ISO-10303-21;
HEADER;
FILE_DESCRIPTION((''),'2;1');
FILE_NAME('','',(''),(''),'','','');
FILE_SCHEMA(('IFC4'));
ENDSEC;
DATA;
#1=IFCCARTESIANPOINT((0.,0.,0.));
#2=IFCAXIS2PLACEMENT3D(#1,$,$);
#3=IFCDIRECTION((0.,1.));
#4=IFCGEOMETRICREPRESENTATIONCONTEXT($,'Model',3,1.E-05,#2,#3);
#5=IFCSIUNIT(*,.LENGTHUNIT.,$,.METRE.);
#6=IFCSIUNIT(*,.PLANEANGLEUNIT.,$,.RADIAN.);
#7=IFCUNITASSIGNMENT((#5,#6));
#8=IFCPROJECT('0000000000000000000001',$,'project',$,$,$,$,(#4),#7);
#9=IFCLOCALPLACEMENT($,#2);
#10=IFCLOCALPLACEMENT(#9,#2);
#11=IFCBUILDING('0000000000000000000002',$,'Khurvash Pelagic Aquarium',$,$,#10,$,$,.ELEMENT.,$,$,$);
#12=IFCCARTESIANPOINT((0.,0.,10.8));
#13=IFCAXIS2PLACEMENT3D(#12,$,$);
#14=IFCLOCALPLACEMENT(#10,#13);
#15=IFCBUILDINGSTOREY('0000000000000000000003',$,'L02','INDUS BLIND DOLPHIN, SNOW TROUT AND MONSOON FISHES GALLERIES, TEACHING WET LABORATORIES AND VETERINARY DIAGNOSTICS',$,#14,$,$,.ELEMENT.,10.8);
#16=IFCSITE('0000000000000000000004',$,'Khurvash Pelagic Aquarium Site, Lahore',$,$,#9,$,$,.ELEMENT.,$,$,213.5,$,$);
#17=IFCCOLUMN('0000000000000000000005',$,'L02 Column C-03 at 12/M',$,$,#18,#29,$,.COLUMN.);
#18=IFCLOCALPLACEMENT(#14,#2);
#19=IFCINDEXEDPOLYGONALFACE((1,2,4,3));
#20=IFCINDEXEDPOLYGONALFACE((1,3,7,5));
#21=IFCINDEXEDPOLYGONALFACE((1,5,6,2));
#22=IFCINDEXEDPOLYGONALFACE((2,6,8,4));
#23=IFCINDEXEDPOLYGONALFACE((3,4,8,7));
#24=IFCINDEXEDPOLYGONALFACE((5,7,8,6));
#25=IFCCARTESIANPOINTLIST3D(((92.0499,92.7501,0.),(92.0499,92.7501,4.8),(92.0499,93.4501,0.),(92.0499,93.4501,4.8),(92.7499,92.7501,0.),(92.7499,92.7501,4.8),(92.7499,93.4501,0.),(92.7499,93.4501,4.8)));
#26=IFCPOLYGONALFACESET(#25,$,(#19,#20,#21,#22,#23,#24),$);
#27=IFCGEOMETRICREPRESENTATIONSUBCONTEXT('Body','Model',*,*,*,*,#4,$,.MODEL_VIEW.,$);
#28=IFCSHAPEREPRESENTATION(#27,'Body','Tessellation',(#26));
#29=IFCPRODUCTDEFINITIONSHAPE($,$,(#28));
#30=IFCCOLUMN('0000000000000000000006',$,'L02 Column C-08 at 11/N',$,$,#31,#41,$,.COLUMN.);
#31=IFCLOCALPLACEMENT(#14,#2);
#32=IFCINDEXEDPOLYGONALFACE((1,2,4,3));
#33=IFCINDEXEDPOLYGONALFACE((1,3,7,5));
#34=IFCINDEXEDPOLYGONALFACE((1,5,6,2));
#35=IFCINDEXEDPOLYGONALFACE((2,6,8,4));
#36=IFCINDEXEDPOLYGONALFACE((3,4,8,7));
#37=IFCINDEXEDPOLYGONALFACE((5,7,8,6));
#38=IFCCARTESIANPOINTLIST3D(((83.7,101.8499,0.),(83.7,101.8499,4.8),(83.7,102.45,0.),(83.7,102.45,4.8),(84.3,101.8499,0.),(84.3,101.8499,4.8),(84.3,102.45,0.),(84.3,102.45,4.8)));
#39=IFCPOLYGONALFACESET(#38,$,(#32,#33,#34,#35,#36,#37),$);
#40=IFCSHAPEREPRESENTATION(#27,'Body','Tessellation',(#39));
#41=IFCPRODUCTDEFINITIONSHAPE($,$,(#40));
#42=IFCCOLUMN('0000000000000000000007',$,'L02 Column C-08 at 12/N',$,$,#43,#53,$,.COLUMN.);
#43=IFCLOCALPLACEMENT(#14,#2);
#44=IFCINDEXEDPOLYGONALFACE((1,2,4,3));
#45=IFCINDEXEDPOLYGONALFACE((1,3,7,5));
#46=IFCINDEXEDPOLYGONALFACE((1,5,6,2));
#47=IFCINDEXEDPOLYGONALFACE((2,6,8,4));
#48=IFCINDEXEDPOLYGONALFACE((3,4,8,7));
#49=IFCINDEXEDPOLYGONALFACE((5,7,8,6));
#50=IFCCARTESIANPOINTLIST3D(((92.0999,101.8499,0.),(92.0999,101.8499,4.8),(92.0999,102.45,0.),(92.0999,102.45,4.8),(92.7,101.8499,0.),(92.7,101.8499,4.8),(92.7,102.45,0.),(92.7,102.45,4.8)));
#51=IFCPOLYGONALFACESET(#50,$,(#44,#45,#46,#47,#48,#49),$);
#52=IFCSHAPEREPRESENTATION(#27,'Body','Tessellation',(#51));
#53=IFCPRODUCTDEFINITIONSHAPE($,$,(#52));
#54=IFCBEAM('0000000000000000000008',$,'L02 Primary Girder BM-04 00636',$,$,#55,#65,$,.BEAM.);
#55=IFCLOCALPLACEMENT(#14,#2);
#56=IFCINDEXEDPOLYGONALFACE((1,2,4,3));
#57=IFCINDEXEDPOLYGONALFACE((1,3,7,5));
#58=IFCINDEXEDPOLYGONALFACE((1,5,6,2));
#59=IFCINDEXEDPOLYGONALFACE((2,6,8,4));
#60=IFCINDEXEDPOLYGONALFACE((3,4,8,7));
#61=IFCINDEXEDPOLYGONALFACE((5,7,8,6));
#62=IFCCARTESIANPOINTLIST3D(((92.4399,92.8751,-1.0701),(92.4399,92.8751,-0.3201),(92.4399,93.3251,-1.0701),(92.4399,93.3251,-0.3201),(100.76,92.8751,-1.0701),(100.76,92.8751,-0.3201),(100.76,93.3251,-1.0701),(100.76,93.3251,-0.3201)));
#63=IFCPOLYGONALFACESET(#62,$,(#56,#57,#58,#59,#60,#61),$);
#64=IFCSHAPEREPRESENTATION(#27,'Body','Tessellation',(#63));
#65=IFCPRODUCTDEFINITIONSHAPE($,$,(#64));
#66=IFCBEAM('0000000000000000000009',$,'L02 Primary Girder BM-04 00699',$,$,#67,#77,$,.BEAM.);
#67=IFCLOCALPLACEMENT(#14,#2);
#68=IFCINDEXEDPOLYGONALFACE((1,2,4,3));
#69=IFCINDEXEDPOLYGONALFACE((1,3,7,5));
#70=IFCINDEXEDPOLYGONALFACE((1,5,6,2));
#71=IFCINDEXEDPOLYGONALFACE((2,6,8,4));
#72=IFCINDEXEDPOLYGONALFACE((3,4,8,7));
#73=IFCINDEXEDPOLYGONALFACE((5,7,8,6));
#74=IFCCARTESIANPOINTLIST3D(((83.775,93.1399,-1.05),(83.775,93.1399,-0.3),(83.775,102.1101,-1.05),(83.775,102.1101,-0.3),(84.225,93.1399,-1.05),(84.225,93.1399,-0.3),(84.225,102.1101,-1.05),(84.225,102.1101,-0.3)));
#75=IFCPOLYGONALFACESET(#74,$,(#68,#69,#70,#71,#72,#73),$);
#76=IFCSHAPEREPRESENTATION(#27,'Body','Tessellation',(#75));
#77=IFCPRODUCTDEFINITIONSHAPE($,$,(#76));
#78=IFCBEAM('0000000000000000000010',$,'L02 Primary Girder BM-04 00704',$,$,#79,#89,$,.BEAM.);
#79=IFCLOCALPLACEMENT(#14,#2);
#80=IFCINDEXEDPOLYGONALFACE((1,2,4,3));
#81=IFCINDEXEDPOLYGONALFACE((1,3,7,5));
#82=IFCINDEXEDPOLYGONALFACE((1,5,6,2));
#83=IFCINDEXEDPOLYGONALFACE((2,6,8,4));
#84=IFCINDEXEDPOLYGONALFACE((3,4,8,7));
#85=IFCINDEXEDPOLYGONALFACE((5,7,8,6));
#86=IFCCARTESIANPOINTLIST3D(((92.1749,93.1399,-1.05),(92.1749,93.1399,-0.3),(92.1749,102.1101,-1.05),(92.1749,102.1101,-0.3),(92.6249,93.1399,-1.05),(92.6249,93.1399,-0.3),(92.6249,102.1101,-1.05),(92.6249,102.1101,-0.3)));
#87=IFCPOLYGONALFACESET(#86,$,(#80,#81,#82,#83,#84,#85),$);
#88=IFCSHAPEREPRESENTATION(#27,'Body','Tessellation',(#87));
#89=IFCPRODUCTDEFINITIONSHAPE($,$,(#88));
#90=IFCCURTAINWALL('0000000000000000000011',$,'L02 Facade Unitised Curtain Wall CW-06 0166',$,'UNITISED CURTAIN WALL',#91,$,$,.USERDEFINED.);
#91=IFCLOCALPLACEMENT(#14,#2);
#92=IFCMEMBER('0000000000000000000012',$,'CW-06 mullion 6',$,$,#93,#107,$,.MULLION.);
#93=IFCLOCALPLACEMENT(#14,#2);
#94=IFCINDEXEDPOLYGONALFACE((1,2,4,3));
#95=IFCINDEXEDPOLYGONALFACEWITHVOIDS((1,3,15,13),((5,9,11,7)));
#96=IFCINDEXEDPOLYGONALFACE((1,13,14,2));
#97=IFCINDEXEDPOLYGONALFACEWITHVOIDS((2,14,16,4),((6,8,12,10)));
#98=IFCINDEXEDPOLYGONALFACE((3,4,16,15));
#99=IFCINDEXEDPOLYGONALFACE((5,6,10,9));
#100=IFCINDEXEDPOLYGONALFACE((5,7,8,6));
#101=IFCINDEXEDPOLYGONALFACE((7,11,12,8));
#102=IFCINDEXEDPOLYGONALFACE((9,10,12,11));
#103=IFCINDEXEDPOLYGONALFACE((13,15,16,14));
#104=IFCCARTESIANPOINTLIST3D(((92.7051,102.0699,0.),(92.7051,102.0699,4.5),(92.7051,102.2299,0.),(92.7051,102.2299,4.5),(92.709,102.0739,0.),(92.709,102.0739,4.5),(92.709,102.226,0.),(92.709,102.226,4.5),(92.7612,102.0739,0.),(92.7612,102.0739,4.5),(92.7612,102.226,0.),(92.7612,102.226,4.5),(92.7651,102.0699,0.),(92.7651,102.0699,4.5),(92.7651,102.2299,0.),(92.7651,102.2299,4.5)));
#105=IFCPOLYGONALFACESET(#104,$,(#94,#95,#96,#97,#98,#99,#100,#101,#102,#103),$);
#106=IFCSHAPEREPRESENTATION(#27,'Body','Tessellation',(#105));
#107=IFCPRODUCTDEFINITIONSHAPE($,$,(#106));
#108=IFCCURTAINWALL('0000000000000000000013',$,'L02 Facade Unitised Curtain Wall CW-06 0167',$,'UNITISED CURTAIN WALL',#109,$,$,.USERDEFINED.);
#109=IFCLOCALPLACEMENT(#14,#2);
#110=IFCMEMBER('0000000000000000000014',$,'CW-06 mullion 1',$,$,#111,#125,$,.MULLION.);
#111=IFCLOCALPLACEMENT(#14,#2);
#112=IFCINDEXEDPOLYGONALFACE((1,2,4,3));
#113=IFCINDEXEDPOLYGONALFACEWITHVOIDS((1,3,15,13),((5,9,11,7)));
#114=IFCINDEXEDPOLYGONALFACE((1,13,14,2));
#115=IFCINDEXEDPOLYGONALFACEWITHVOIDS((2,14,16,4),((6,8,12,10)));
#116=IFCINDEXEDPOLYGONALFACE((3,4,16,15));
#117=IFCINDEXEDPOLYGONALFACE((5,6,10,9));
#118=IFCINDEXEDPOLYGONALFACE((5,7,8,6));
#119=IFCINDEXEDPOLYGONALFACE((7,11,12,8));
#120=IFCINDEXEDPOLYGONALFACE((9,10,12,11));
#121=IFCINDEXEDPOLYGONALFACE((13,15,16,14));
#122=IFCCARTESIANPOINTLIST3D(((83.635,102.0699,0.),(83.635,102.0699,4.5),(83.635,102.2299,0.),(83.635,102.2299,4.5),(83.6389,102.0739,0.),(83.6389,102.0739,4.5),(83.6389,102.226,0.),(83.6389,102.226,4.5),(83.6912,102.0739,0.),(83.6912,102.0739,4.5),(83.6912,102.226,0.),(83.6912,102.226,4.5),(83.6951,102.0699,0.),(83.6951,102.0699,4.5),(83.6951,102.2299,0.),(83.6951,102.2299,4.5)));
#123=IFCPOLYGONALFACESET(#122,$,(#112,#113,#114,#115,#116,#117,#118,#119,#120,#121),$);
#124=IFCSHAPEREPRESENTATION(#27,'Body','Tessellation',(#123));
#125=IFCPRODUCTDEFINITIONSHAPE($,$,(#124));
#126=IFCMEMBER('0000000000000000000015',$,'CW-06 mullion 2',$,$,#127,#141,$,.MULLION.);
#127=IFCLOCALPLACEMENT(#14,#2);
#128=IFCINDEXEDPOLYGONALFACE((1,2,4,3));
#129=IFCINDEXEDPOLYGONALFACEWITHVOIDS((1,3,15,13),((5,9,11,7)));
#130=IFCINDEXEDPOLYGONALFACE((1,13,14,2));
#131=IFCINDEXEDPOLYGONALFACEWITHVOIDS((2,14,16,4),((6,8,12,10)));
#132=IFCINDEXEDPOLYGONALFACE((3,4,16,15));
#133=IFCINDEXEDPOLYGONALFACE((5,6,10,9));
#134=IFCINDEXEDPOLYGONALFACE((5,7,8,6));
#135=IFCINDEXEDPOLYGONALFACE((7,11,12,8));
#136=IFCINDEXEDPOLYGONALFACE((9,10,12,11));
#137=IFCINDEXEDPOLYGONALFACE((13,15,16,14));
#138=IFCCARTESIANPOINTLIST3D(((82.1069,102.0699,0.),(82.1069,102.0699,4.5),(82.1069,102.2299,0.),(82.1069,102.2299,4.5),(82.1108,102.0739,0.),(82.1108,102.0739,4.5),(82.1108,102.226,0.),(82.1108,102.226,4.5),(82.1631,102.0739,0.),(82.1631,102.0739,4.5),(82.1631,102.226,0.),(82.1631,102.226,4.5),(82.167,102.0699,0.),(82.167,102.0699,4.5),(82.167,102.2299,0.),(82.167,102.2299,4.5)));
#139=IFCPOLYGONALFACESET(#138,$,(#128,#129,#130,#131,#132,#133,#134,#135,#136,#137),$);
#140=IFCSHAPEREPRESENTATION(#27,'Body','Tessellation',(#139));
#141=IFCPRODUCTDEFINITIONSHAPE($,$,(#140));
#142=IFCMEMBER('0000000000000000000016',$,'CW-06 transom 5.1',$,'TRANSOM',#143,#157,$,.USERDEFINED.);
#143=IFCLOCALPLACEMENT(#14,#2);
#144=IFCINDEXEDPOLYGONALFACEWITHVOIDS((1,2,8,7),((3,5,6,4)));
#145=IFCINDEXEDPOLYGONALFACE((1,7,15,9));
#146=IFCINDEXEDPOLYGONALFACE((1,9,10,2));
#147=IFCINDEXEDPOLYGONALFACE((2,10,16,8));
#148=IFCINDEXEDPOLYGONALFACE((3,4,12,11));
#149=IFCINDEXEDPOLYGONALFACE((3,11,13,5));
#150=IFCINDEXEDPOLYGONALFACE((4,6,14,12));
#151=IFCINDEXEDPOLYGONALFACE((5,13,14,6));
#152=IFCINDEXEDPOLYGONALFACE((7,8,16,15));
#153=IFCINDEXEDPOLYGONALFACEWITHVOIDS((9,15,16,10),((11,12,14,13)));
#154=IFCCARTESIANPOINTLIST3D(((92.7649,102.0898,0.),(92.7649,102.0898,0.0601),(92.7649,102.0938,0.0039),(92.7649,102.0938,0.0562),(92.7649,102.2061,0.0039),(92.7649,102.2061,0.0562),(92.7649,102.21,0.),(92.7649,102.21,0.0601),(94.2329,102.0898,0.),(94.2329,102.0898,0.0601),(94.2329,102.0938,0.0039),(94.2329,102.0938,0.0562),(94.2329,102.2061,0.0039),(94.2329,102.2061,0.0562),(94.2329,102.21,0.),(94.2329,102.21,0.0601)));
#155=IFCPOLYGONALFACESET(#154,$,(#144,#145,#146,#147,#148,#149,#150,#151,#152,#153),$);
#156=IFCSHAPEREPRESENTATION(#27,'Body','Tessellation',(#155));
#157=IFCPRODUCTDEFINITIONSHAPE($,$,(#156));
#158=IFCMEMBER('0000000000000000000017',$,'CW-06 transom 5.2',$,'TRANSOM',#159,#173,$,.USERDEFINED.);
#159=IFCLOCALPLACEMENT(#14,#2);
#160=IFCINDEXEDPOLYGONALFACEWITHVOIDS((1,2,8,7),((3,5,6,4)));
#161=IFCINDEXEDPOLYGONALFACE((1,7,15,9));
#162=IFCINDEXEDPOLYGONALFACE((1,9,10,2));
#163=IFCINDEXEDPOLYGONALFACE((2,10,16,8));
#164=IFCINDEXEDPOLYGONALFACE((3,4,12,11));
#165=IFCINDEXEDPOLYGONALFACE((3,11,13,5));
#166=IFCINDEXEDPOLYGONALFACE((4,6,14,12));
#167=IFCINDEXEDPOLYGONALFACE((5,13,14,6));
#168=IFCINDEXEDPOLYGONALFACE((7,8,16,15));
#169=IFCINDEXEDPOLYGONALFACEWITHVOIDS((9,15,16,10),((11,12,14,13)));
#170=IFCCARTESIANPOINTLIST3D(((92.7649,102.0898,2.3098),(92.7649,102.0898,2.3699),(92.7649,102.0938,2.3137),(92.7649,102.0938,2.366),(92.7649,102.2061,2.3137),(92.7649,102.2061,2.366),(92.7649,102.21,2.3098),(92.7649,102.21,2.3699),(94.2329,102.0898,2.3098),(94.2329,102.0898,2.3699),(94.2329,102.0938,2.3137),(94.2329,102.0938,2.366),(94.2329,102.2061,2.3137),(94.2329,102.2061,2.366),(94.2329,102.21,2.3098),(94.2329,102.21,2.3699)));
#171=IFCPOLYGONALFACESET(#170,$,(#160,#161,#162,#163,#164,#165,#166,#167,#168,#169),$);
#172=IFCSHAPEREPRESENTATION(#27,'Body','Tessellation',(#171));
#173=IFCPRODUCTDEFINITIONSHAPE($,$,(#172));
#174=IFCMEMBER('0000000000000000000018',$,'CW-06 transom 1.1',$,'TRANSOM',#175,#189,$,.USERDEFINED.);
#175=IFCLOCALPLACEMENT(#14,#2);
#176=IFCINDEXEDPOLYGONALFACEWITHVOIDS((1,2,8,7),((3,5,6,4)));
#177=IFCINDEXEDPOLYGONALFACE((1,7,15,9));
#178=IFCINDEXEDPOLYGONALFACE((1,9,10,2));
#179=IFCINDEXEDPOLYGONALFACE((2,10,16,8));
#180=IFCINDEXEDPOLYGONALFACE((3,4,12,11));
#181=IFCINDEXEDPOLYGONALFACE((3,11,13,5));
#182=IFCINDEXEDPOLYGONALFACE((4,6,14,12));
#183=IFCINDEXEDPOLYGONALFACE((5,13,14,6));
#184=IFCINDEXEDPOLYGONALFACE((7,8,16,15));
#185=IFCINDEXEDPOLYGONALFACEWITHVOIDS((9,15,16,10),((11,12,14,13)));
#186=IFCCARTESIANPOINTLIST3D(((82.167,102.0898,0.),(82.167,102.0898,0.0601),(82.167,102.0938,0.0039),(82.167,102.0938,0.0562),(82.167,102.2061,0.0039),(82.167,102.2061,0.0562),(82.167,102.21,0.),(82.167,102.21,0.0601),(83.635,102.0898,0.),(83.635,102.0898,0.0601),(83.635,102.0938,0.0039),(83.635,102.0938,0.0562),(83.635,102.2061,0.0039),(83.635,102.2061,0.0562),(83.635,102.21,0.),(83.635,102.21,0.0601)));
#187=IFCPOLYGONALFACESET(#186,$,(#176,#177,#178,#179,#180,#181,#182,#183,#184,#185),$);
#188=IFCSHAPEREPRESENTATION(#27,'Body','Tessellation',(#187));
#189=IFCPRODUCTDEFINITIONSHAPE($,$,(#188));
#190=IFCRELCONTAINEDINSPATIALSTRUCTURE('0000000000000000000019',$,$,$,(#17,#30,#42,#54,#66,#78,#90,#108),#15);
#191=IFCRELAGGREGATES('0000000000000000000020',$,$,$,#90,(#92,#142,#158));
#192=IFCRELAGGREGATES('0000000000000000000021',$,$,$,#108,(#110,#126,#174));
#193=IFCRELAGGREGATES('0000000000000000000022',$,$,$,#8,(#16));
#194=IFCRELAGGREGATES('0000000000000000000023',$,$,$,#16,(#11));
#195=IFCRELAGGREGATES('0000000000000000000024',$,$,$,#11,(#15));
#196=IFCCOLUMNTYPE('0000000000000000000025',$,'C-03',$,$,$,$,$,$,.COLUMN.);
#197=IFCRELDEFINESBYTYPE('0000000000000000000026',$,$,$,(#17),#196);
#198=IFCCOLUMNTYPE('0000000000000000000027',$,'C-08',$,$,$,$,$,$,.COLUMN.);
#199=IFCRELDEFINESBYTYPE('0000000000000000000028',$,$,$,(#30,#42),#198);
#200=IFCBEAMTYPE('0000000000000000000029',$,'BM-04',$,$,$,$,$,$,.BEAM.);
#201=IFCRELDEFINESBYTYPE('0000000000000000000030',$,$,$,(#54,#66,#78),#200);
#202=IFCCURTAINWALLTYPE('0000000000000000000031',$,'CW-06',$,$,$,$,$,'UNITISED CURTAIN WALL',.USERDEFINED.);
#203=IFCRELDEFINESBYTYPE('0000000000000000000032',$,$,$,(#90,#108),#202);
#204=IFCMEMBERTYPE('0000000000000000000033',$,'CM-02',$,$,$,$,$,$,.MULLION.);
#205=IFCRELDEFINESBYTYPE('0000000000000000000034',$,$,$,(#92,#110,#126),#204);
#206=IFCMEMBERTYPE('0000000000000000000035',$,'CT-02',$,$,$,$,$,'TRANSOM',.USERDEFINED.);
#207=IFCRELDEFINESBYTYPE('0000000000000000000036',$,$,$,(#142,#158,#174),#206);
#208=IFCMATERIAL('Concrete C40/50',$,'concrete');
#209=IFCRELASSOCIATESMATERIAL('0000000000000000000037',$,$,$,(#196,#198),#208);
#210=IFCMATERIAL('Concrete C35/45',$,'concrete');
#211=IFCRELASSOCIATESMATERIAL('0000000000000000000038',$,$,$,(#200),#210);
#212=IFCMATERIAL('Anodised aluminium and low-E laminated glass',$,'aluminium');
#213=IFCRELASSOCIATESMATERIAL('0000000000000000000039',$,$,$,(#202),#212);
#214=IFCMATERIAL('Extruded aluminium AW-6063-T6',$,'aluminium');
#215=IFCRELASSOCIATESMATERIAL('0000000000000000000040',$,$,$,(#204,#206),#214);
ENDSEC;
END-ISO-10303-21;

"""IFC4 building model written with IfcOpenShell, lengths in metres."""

from ifc_helpers import new_model, si_unit, direction, frame, origin, origin_2d, place, context, subcontext, project, spatial, rectangle, hollow_rectangle, extrude, material, material_profile, profile_set, type_object, element, aggregate, save


model = new_model("IFC4")

# Units and contexts
model_context = context("Model", 3, precision=1e-05, world=origin(), true_north=direction((0.0, 1.0)))
body_context = subcontext(model_context, "Body", "Model", "MODEL_VIEW")
ifc_project = project(units=[si_unit("LENGTHUNIT", "METRE"), si_unit("PLANEANGLEUNIT", "RADIAN")], contexts=[model_context])

# Site, building, storey
site_placement = place(None, origin())
site = spatial("IfcSite", under=ifc_project, at=site_placement, Name="Khurvash Pelagic Aquarium Site, Lahore", CompositionType="ELEMENT", RefElevation=213.5)
building_placement = place(site_placement, origin())
building = spatial("IfcBuilding", under=site, at=building_placement, Name="Khurvash Pelagic Aquarium", CompositionType="ELEMENT")
storey_placement = place(building_placement, frame((0.0, 0.0, 10.8)))
storey = spatial("IfcBuildingStorey", under=building, at=storey_placement, Name="L02", Description="INDUS BLIND DOLPHIN, SNOW TROUT AND MONSOON FISHES GALLERIES, TEACHING WET LABORATORIES AND VETERINARY DIAGNOSTICS", CompositionType="ELEMENT", Elevation=10.8)

# Columns
ifc_material_1 = material(Name="Concrete C40/50", Category="concrete")
ifc_material_profile_1 = material_profile(ifc_material_1, rectangle(XDim=0.7, YDim=0.7, at=origin_2d()), Name="RC700X700")
ifc_profile_set_1 = profile_set([ifc_material_profile_1], Name="Concrete C40/50")
column_type_1 = type_object("IfcColumnType", Name="C-03", PredefinedType="COLUMN", material=ifc_profile_set_1)
column_placement = place(storey_placement, frame((92.3999, 93.1001, 0.0), z_axis=(0.0, 0.0, 1.0), x_axis=(1.0, 0.0, 0.0)))
element("IfcColumn", 1, at=column_placement, inside=storey, type_object=column_type_1, Name="L02 Column C-03 at 12/M", PredefinedType="COLUMN", context=body_context, shape_type="SweptSolid", body=[
    extrude(rectangle(XDim=0.7, YDim=0.7, at=origin_2d()), origin(), (0.0, 0.0, 1.0), 4.8),
])
ifc_material_profile_2 = material_profile(ifc_material_1, rectangle(XDim=0.6001, YDim=0.6001, at=origin_2d()), Name="RC600X600")
ifc_profile_set_2 = profile_set([ifc_material_profile_2], Name="Concrete C40/50")
column_type_2 = type_object("IfcColumnType", Name="C-08", PredefinedType="COLUMN", material=ifc_profile_set_2)
for number, where, z_axis, x_axis, name in (
    (2, (84.0, 102.1499, 0.0), (0.0, 0.0, 1.0), (1.0, 0.0, 0.0), "L02 Column C-08 at 11/N"),
    (3, (92.3999, 102.1499, 0.0), (0.0, 0.0, 1.0), (1.0, 0.0, 0.0), "L02 Column C-08 at 12/N"),
):
    element("IfcColumn", number, at=place(storey_placement, frame(where, z_axis=z_axis, x_axis=x_axis)), inside=storey, type_object=column_type_2, Name=name, PredefinedType="COLUMN", context=body_context, shape_type="SweptSolid", body=[
        extrude(rectangle(XDim=0.6001, YDim=0.6001, at=origin_2d()), origin(), (0.0, 0.0, 1.0), 4.8),
    ])

# Beams
ifc_material_2 = material(Name="Concrete C35/45", Category="concrete")
ifc_material_profile_3 = material_profile(ifc_material_2, rectangle(XDim=0.45, YDim=0.75, at=origin_2d()), Name="RC450X750")
ifc_profile_set_3 = profile_set([ifc_material_profile_3], Name="Concrete C35/45")
beam_type_1 = type_object("IfcBeamType", Name="BM-04", PredefinedType="BEAM", material=ifc_profile_set_3)
beam_placement = place(storey_placement, frame((92.4399, 93.1001, -0.6951), z_axis=(1.0, 0.0, 0.0), x_axis=(0.0, 1.0, 0.0)))
element("IfcBeam", 4, at=beam_placement, inside=storey, type_object=beam_type_1, Name="L02 Primary Girder BM-04 00636", PredefinedType="BEAM", context=body_context, shape_type="SweptSolid", body=[
    extrude(rectangle(XDim=0.45, YDim=0.75, at=origin_2d()), origin(), (0.0, 0.0, 1.0), 8.3201),
])
for number, where, z_axis, x_axis, name in (
    (5, (84.0, 93.1399, -0.675), (0.0, 1.0, 0.0), (-1.0, 0.0, 0.0), "L02 Primary Girder BM-04 00699"),
    (6, (92.3999, 93.1399, -0.675), (0.0, 1.0, 0.0), (-1.0, 0.0, 0.0), "L02 Primary Girder BM-04 00704"),
):
    element("IfcBeam", number, at=place(storey_placement, frame(where, z_axis=z_axis, x_axis=x_axis)), inside=storey, type_object=beam_type_1, Name=name, PredefinedType="BEAM", context=body_context, shape_type="SweptSolid", body=[
        extrude(rectangle(XDim=0.45, YDim=0.75, at=origin_2d()), origin(), (0.0, 0.0, 1.0), 8.9702),
    ])

# Curtain wall, member
ifc_material_3 = material(Name="Anodised aluminium and low-E laminated glass", Category="aluminium")
curtain_wall_type = type_object("IfcCurtainWallType", Name="CW-06", ElementType="UNITISED CURTAIN WALL", PredefinedType="USERDEFINED", material=ifc_material_3)
curtain_wall_1_placement = place(storey_placement, origin())
curtain_wall_1 = element("IfcCurtainWall", 7, at=curtain_wall_1_placement, inside=storey, type_object=curtain_wall_type, Name="L02 Facade Unitised Curtain Wall CW-06 0166", ObjectType="UNITISED CURTAIN WALL", PredefinedType="USERDEFINED")
ifc_material_4 = material(Name="Extruded aluminium AW-6063-T6", Category="aluminium")
ifc_material_profile_4 = material_profile(ifc_material_4, hollow_rectangle(XDim=0.0601, YDim=0.1599, WallThickness=0.0039, at=origin_2d()), Name="CWM60X160X4")
ifc_profile_set_4 = profile_set([ifc_material_profile_4], Name="Extruded aluminium AW-6063-T6")
member_type_1 = type_object("IfcMemberType", Name="CM-02", PredefinedType="MULLION", material=ifc_profile_set_4)
member_1_placement = place(storey_placement, frame((92.7351, 102.1499, 0.0), z_axis=(0.0, 0.0, 1.0), x_axis=(-1.0, 0.0, 0.0)))
member_1 = element("IfcMember", 8, at=member_1_placement, type_object=member_type_1, Name="CW-06 mullion 6", PredefinedType="MULLION", context=body_context, shape_type="SweptSolid", body=[
    extrude(hollow_rectangle(XDim=0.0601, YDim=0.1599, WallThickness=0.0039, at=origin_2d()), origin(), (0.0, 0.0, 1.0), 4.5),
])

# Curtain wall, members
curtain_wall_2_placement = place(storey_placement, origin())
curtain_wall_2 = element("IfcCurtainWall", 9, at=curtain_wall_2_placement, inside=storey, type_object=curtain_wall_type, Name="L02 Facade Unitised Curtain Wall CW-06 0167", ObjectType="UNITISED CURTAIN WALL", PredefinedType="USERDEFINED")
member_2_placement = place(storey_placement, frame((83.665, 102.1499, 0.0), z_axis=(0.0, 0.0, 1.0), x_axis=(-1.0, 0.0, 0.0)))
member_2 = element("IfcMember", 10, at=member_2_placement, type_object=member_type_1, Name="CW-06 mullion 1", PredefinedType="MULLION", context=body_context, shape_type="SweptSolid", body=[
    extrude(hollow_rectangle(XDim=0.0601, YDim=0.1599, WallThickness=0.0039, at=origin_2d()), origin(), (0.0, 0.0, 1.0), 4.5),
])
member_3_placement = place(storey_placement, frame((82.137, 102.1499, 0.0), z_axis=(0.0, 0.0, 1.0), x_axis=(-1.0, 0.0, 0.0)))
member_3 = element("IfcMember", 11, at=member_3_placement, type_object=member_type_1, Name="CW-06 mullion 2", PredefinedType="MULLION", context=body_context, shape_type="SweptSolid", body=[
    extrude(hollow_rectangle(XDim=0.0601, YDim=0.1599, WallThickness=0.0039, at=origin_2d()), origin(), (0.0, 0.0, 1.0), 4.5),
])

# Members
ifc_material_profile_5 = material_profile(ifc_material_4, hollow_rectangle(XDim=0.1201, YDim=0.0601, WallThickness=0.0039, at=origin_2d()), Name="CWT120X60X4")
ifc_profile_set_5 = profile_set([ifc_material_profile_5], Name="Extruded aluminium AW-6063-T6")
member_type_2 = type_object("IfcMemberType", Name="CT-02", ElementType="TRANSOM", PredefinedType="USERDEFINED", material=ifc_profile_set_5)
member_4_placement = place(storey_placement, frame((94.2329, 102.1499, 0.03), z_axis=(-1.0, 0.0, 0.0), x_axis=(0.0, -1.0, 0.0)))
member_4 = element("IfcMember", 12, at=member_4_placement, type_object=member_type_2, Name="CW-06 transom 5.1", ObjectType="TRANSOM", PredefinedType="USERDEFINED", context=body_context, shape_type="SweptSolid", body=[
    extrude(hollow_rectangle(XDim=0.1201, YDim=0.0601, WallThickness=0.0039, at=origin_2d()), origin(), (0.0, 0.0, 1.0), 1.468),
])
member_5_placement = place(storey_placement, frame((94.2329, 102.1499, 2.3398), z_axis=(-1.0, 0.0, 0.0), x_axis=(0.0, -1.0, 0.0)))
member_5 = element("IfcMember", 13, at=member_5_placement, type_object=member_type_2, Name="CW-06 transom 5.2", ObjectType="TRANSOM", PredefinedType="USERDEFINED", context=body_context, shape_type="SweptSolid", body=[
    extrude(hollow_rectangle(XDim=0.1201, YDim=0.0601, WallThickness=0.0039, at=origin_2d()), origin(), (0.0, 0.0, 1.0), 1.468),
])
member_6_placement = place(storey_placement, frame((83.635, 102.1499, 0.03), z_axis=(-1.0, 0.0, 0.0), x_axis=(0.0, -1.0, 0.0)))
member_6 = element("IfcMember", 14, at=member_6_placement, type_object=member_type_2, Name="CW-06 transom 1.1", ObjectType="TRANSOM", PredefinedType="USERDEFINED", context=body_context, shape_type="SweptSolid", body=[
    extrude(hollow_rectangle(XDim=0.1201, YDim=0.0601, WallThickness=0.0039, at=origin_2d()), origin(), (0.0, 0.0, 1.0), 1.468),
])

aggregate(curtain_wall_1, [member_1, member_4, member_5])
aggregate(curtain_wall_2, [member_2, member_3, member_6])

save(model, "model.ifc")
